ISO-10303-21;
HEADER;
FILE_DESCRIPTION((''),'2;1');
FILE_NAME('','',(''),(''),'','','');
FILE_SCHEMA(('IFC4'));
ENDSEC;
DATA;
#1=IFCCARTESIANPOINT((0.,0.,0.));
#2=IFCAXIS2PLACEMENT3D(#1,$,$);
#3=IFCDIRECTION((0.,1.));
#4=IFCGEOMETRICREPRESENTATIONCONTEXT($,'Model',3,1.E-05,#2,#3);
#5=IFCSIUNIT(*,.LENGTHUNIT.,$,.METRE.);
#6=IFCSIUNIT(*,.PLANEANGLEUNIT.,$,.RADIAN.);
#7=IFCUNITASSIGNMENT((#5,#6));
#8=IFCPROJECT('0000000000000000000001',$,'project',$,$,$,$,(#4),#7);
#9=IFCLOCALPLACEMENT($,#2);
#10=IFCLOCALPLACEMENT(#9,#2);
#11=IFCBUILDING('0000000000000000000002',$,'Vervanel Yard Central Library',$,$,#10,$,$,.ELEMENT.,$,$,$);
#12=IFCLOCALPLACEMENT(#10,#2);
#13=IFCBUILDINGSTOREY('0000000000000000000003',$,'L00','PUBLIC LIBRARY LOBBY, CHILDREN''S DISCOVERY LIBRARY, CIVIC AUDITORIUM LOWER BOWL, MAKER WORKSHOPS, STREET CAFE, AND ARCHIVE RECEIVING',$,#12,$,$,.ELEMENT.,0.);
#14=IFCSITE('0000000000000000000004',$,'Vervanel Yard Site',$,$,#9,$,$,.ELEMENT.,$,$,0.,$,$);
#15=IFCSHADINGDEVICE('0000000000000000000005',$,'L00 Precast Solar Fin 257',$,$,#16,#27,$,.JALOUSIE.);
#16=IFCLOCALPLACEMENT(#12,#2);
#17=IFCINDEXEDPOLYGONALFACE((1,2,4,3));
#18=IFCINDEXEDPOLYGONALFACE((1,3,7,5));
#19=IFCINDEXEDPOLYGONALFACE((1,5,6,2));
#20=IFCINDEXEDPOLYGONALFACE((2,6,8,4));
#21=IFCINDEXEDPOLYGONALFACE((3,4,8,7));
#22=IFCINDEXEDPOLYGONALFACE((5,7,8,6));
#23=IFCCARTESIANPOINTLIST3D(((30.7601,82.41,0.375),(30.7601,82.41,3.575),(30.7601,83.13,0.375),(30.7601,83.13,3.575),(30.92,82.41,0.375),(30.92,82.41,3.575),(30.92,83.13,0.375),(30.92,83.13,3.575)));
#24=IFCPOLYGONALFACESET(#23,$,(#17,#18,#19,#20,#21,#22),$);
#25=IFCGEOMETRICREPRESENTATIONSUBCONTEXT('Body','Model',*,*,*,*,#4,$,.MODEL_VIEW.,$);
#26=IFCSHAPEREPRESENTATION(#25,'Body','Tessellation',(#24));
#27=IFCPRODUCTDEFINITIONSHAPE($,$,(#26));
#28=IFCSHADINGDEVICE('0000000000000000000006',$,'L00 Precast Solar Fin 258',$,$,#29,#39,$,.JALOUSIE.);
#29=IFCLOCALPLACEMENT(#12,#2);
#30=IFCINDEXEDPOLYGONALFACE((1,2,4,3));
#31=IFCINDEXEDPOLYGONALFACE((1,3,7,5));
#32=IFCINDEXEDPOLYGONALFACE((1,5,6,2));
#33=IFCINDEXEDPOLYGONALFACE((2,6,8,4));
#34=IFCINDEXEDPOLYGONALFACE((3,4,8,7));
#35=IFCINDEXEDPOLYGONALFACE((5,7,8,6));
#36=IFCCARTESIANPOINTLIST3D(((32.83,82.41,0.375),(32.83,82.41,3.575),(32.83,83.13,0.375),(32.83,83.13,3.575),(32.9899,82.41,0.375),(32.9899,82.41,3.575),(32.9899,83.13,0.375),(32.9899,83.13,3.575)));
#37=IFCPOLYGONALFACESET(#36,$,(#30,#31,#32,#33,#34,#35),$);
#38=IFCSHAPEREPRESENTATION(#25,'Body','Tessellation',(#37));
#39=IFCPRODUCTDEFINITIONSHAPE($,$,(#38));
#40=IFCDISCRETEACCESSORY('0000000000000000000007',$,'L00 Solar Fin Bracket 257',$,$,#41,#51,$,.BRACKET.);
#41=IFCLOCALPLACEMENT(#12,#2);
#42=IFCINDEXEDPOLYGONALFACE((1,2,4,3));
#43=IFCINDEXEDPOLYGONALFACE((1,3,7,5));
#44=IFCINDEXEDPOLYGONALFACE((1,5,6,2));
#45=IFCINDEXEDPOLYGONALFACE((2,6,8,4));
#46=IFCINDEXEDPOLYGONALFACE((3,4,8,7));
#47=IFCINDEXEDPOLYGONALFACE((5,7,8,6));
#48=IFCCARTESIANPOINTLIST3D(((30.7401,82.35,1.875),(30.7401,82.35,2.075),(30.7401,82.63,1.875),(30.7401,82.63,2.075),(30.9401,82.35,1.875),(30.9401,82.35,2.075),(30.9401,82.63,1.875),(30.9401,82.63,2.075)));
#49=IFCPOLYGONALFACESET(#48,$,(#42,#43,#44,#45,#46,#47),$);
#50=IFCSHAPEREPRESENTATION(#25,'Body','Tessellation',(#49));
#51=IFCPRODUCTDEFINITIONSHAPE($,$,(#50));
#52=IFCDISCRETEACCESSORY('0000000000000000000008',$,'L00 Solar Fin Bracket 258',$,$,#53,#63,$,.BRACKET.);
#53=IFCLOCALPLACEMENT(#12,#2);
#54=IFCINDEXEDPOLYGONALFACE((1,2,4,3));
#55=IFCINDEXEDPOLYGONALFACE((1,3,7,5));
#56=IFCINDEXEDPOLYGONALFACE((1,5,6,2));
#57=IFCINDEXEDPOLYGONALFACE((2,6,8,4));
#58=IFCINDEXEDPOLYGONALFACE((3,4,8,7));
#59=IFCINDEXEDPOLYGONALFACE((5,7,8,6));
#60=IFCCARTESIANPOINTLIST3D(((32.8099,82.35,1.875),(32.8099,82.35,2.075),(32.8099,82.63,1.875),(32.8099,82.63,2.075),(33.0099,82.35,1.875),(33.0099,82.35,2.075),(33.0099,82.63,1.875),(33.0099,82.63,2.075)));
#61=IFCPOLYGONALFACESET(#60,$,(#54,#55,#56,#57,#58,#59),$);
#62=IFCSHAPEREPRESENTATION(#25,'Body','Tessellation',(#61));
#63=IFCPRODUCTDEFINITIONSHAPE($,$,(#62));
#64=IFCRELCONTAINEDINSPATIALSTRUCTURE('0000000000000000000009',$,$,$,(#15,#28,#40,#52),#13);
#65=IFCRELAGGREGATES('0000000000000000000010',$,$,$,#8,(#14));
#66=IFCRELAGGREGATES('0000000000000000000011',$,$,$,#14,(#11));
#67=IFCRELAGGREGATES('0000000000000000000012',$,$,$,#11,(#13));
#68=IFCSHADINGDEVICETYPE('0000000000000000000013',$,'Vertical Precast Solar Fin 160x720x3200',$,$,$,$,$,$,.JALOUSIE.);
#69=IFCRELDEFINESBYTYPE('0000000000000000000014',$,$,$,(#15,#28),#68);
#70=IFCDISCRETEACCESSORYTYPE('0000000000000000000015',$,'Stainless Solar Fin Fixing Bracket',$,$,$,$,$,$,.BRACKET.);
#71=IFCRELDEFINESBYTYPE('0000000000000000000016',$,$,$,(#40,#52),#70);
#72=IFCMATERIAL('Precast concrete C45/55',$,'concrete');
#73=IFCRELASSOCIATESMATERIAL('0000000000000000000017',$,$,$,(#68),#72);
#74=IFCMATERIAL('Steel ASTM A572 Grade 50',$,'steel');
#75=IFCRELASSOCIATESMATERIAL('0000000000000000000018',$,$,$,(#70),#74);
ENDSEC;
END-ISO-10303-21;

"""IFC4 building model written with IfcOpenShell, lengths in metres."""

from ifc_helpers import new_model, si_unit, direction, frame, origin, origin_2d, place, context, subcontext, project, spatial, rectangle, extrude, material, type_object, element, save


model = new_model("IFC4")

# Units and contexts
model_context = context("Model", 3, precision=1e-05, world=origin(), true_north=direction((0.0, 1.0)))
body_context = subcontext(model_context, "Body", "Model", "MODEL_VIEW")
ifc_project = project(units=[si_unit("LENGTHUNIT", "METRE"), si_unit("PLANEANGLEUNIT", "RADIAN")], contexts=[model_context])

# Site, building, storey
site_placement = place(None, origin())
site = spatial("IfcSite", under=ifc_project, at=site_placement, Name="Vervanel Yard Site", CompositionType="ELEMENT", RefElevation=0.0)
building_placement = place(site_placement, origin())
building = spatial("IfcBuilding", under=site, at=building_placement, Name="Vervanel Yard Central Library", CompositionType="ELEMENT")
storey_placement = place(building_placement, origin())
storey = spatial("IfcBuildingStorey", under=building, at=storey_placement, Name="L00", Description="PUBLIC LIBRARY LOBBY, CHILDREN'S DISCOVERY LIBRARY, CIVIC AUDITORIUM LOWER BOWL, MAKER WORKSHOPS, STREET CAFE, AND ARCHIVE RECEIVING", CompositionType="ELEMENT", Elevation=0.0)

# Shared definitions
ifc_material_1 = material(Name="Precast concrete C45/55", Category="concrete")

# Shading devices
shading_device_type = type_object("IfcShadingDeviceType", Name="Vertical Precast Solar Fin 160x720x3200", PredefinedType="JALOUSIE", material=ifc_material_1)
for number, where, z_axis, x_axis, name in (
    (1, (30.8401, 82.77, 0.375), (0.0, 0.0, 1.0), (1.0, 0.0, 0.0), "L00 Precast Solar Fin 257"),
    (2, (32.9099, 82.77, 0.375), (0.0, 0.0, 1.0), (1.0, 0.0, 0.0), "L00 Precast Solar Fin 258"),
):
    element("IfcShadingDevice", number, at=place(storey_placement, frame(where, z_axis=z_axis, x_axis=x_axis)), inside=storey, type_object=shading_device_type, Name=name, PredefinedType="JALOUSIE", context=body_context, shape_type="SweptSolid", body=[
        extrude(rectangle(XDim=0.1599, YDim=0.72, at=origin_2d()), origin(), (0.0, 0.0, 1.0), 3.2),
    ])

# Discrete accessories
ifc_material_2 = material(Name="Steel ASTM A572 Grade 50", Category="steel")
discrete_accessory_type = type_object("IfcDiscreteAccessoryType", Name="Stainless Solar Fin Fixing Bracket", PredefinedType="BRACKET", material=ifc_material_2)
for number, where, z_axis, x_axis, name in (
    (3, (30.8401, 82.49, 1.875), (0.0, 0.0, 1.0), (1.0, 0.0, 0.0), "L00 Solar Fin Bracket 257"),
    (4, (32.9099, 82.49, 1.875), (0.0, 0.0, 1.0), (1.0, 0.0, 0.0), "L00 Solar Fin Bracket 258"),
):
    element("IfcDiscreteAccessory", number, at=place(storey_placement, frame(where, z_axis=z_axis, x_axis=x_axis)), inside=storey, type_object=discrete_accessory_type, Name=name, PredefinedType="BRACKET", context=body_context, shape_type="SweptSolid", body=[
        extrude(rectangle(XDim=0.2, YDim=0.28, at=origin_2d()), origin(), (0.0, 0.0, 1.0), 0.2),
    ])

save(model, "model.ifc")
